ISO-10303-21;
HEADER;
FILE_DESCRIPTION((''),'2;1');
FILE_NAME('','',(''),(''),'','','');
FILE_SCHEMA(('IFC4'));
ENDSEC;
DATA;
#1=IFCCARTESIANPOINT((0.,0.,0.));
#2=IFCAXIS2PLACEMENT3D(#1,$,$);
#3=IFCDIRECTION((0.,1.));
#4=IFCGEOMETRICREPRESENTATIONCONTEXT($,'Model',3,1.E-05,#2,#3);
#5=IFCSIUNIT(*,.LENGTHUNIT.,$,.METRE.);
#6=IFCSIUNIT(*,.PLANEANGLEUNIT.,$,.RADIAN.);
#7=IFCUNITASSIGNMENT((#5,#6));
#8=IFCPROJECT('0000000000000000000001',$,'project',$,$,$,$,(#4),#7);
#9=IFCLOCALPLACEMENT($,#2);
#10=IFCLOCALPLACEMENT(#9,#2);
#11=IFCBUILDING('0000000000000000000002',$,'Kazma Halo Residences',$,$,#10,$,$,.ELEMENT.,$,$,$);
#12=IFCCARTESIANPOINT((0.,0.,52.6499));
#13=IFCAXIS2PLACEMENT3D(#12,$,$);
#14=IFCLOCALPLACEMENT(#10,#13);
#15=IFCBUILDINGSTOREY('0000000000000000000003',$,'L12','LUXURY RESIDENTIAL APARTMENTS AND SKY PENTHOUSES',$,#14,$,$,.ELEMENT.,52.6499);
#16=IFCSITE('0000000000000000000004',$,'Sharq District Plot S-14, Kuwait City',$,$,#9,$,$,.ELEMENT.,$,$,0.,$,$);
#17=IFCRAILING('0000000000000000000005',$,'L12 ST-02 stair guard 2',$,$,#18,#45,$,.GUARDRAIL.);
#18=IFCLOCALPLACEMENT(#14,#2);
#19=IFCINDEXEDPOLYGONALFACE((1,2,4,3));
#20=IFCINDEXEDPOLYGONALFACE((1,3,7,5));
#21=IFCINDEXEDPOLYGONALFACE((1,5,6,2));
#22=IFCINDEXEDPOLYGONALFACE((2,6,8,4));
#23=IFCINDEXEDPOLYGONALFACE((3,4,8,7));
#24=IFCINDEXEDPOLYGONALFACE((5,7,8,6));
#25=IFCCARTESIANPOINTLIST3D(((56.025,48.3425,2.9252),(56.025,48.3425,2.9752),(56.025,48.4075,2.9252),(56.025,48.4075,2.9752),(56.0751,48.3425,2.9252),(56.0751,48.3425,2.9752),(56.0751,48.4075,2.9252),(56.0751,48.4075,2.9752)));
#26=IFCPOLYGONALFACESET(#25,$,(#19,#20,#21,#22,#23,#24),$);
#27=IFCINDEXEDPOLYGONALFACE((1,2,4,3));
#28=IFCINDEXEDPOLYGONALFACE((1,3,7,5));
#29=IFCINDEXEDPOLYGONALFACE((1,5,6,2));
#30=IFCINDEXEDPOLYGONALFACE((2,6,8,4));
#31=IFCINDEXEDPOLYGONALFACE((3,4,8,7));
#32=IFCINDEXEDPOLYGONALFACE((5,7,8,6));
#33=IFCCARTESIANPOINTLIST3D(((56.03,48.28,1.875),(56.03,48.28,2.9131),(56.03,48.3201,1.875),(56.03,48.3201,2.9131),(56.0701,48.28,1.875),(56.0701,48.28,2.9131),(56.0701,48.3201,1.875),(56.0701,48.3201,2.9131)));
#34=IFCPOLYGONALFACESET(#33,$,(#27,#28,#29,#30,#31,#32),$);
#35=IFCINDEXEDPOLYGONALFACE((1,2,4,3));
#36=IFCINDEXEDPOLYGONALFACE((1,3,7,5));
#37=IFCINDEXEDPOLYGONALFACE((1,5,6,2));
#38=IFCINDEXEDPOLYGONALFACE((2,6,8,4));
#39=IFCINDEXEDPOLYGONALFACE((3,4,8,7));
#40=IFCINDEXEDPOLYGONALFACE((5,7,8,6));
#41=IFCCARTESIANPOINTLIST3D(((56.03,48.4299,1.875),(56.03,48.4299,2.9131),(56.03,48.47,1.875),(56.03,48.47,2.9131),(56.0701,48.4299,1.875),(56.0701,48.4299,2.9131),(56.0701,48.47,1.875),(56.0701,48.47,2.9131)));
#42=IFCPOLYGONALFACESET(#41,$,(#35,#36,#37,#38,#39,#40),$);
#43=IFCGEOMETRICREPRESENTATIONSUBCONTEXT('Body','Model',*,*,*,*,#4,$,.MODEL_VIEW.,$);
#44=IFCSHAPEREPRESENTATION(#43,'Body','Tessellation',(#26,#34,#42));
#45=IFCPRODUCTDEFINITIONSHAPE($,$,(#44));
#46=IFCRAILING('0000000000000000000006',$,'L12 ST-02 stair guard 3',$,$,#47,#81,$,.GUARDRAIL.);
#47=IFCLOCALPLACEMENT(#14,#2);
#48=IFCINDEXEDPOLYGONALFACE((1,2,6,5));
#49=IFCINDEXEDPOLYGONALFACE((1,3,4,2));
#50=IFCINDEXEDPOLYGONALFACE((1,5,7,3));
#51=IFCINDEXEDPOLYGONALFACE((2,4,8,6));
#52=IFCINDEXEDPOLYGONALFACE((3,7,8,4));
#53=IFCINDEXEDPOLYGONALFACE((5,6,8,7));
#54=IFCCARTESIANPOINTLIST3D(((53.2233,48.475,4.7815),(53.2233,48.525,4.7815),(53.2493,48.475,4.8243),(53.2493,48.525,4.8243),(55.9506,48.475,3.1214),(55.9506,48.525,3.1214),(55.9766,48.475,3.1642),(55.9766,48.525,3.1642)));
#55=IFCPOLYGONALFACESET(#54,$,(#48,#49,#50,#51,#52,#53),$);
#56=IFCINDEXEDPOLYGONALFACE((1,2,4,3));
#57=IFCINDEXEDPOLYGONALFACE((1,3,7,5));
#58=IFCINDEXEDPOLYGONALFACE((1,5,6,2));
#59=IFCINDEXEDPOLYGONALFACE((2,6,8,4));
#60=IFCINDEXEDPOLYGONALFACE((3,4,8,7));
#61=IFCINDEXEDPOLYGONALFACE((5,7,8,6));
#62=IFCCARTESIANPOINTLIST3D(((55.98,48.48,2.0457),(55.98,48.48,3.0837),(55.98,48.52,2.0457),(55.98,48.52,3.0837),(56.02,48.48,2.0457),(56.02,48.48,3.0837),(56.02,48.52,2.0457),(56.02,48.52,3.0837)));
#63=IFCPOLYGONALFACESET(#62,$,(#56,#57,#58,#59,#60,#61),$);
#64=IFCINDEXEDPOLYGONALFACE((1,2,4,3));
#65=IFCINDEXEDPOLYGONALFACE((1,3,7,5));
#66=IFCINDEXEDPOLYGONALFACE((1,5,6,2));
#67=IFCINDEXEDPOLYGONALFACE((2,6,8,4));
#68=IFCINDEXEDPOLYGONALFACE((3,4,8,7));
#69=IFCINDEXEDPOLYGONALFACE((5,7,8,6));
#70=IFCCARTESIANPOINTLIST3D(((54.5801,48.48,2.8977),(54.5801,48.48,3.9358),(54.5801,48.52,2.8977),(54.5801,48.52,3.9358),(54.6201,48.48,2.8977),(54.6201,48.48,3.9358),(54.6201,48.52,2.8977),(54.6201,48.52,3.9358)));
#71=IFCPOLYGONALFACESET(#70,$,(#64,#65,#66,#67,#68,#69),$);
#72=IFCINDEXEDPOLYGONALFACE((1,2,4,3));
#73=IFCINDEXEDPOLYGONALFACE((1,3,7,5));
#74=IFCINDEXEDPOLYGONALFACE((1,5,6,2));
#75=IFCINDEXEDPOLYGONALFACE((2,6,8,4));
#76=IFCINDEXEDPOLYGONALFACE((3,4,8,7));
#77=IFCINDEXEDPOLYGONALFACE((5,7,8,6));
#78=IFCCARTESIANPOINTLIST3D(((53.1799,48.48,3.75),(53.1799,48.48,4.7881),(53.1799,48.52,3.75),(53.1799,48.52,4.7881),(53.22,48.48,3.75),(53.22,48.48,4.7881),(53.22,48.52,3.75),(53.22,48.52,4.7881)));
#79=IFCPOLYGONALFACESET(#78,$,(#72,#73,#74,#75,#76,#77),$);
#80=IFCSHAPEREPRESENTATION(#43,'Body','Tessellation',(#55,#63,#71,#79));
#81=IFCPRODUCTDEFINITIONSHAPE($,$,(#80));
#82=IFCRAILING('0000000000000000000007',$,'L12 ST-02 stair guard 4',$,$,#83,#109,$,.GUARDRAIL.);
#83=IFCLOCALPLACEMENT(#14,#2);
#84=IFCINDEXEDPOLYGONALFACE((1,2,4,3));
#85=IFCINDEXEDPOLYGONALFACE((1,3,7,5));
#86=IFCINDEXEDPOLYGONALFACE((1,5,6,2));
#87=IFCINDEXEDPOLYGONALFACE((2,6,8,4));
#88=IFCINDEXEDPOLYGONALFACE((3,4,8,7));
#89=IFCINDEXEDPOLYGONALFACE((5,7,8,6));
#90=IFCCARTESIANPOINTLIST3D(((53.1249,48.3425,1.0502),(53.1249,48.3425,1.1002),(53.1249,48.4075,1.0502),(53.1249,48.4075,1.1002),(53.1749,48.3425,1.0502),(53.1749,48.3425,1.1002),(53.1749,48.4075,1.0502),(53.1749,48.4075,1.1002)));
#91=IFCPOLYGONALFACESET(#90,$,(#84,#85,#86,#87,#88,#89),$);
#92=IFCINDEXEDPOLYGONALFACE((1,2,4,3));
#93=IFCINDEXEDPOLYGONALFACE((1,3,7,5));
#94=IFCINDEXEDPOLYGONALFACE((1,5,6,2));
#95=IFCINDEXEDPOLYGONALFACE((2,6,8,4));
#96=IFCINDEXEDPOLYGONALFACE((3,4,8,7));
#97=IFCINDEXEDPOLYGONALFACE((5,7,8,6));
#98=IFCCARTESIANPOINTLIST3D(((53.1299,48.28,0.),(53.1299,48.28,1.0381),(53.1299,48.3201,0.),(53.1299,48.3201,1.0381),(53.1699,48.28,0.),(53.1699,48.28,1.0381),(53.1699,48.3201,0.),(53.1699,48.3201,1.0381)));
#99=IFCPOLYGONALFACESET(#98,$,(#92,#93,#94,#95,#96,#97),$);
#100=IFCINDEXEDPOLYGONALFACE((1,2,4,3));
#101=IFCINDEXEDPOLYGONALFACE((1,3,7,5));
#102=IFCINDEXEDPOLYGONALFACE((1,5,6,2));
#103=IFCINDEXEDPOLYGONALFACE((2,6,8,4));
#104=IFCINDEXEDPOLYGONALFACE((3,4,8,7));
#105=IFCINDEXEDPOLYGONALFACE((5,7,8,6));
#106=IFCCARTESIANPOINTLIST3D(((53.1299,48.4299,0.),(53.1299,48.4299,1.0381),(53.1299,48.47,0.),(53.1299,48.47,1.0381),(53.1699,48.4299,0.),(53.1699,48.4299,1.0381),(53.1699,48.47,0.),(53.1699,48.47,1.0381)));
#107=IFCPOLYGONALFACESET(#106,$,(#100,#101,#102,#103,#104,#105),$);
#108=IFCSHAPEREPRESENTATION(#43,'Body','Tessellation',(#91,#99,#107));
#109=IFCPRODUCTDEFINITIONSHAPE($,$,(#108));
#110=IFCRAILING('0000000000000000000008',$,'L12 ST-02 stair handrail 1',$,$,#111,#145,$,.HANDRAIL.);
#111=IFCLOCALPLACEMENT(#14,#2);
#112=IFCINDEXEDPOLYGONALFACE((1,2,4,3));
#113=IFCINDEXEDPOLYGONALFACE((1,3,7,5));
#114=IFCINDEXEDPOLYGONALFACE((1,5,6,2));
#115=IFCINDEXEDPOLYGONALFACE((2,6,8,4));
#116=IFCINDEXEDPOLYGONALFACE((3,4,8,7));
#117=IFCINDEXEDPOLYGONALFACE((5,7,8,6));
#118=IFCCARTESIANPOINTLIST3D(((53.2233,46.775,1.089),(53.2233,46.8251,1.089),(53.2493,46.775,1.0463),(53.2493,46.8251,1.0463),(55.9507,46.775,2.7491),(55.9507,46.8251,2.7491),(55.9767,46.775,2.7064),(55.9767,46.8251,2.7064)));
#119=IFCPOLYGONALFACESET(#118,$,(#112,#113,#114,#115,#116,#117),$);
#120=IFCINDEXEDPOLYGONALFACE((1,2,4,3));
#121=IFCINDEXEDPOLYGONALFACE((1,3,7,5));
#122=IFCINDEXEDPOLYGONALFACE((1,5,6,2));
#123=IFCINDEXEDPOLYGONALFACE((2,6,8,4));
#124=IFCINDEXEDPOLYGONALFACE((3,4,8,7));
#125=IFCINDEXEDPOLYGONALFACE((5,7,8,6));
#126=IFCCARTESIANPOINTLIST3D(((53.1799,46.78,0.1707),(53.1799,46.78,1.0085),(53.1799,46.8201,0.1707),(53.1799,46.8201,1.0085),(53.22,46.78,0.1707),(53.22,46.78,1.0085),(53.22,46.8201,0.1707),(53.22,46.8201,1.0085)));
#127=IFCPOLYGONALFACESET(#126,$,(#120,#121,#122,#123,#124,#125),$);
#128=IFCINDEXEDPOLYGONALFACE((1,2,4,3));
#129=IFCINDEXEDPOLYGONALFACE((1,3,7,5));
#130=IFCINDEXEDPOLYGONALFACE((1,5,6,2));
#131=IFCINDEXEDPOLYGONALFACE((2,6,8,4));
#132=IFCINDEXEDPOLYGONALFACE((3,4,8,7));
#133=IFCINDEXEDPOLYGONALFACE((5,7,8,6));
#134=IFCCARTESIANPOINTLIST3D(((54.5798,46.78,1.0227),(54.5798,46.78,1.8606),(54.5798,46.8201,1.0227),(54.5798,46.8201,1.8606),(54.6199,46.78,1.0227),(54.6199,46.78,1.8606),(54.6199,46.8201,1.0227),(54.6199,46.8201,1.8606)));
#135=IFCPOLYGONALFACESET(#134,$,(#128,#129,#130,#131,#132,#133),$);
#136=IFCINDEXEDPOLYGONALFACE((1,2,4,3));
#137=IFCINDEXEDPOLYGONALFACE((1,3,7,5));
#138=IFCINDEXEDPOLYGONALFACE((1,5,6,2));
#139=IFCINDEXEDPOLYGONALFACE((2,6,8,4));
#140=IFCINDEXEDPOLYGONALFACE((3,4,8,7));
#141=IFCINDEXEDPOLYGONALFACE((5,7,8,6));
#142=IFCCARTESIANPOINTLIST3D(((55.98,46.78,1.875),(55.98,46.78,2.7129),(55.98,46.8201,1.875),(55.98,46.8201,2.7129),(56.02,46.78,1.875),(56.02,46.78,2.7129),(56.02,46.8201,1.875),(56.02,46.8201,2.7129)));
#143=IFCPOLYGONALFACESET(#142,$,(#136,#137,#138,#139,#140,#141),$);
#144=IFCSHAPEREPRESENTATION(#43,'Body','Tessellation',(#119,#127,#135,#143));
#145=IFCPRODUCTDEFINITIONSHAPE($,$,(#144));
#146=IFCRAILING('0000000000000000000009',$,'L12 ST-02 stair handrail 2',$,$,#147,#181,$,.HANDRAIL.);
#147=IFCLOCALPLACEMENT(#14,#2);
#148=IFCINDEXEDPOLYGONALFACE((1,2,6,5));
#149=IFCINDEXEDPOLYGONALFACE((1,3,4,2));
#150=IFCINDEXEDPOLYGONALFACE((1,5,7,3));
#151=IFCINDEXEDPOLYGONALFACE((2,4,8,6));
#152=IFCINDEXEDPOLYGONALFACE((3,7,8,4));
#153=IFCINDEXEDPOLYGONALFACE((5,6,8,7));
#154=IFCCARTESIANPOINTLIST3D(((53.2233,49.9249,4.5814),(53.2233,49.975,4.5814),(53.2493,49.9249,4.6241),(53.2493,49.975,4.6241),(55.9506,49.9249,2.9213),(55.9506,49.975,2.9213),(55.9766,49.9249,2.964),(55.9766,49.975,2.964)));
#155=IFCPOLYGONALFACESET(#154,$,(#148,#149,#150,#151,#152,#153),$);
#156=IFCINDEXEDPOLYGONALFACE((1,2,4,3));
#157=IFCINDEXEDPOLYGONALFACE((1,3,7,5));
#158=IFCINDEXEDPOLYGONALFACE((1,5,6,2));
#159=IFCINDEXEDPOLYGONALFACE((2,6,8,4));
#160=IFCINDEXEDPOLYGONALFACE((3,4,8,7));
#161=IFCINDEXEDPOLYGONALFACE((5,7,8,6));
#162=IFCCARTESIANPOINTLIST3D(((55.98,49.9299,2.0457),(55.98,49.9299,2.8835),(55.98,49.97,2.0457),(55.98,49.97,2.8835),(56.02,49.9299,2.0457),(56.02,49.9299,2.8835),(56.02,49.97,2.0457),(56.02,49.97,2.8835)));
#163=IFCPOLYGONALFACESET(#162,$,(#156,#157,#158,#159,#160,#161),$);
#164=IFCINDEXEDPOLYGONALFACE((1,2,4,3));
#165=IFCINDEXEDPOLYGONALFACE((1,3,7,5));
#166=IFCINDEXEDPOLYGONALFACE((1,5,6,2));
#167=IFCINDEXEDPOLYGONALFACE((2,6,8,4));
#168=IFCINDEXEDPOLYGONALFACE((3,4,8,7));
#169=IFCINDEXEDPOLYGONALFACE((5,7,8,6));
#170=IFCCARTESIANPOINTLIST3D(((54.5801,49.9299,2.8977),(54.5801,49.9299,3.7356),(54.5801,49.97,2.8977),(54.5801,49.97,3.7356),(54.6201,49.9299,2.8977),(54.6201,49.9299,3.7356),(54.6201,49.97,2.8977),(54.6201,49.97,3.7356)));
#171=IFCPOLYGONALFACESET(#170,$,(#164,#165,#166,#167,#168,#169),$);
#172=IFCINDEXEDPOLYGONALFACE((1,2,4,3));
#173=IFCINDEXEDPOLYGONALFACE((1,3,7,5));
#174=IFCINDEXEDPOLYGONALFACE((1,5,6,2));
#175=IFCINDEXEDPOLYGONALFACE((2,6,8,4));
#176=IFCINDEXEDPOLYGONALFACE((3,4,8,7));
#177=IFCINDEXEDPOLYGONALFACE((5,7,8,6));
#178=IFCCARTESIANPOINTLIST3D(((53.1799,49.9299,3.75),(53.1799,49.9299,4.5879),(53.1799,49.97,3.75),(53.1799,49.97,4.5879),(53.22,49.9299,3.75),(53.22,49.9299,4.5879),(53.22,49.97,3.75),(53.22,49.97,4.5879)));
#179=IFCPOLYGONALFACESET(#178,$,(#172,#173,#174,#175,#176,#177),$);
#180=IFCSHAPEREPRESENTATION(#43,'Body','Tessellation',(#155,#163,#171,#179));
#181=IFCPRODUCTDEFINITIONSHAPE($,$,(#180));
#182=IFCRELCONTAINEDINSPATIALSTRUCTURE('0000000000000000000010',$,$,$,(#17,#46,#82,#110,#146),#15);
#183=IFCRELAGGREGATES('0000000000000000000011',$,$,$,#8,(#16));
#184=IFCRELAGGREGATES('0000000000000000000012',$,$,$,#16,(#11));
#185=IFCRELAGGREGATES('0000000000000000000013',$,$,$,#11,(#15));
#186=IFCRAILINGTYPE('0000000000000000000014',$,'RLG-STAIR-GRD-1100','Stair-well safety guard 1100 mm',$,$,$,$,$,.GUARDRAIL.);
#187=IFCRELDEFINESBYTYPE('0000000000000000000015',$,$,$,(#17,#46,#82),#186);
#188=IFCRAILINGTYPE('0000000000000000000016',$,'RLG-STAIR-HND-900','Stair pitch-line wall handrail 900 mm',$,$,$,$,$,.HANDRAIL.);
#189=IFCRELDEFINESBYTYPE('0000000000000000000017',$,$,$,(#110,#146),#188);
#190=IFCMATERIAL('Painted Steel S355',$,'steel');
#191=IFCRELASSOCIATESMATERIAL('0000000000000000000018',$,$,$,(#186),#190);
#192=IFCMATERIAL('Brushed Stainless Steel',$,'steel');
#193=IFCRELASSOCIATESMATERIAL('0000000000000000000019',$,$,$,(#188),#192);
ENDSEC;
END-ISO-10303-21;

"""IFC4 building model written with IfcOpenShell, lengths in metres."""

from ifc_helpers import new_model, si_unit, direction, frame, origin, origin_2d, place, context, subcontext, project, spatial, rectangle, extrude, material, type_object, element, save


model = new_model("IFC4")

# Units and contexts
model_context = context("Model", 3, precision=1e-05, world=origin(), true_north=direction((0.0, 1.0)))
body_context = subcontext(model_context, "Body", "Model", "MODEL_VIEW")
ifc_project = project(units=[si_unit("LENGTHUNIT", "METRE"), si_unit("PLANEANGLEUNIT", "RADIAN")], contexts=[model_context])

# Site, building, storey
site_placement = place(None, origin())
site = spatial("IfcSite", under=ifc_project, at=site_placement, Name="Sharq District Plot S-14, Kuwait City", CompositionType="ELEMENT", RefElevation=0.0)
building_placement = place(site_placement, origin())
building = spatial("IfcBuilding", under=site, at=building_placement, Name="Kazma Halo Residences", CompositionType="ELEMENT")
storey_placement = place(building_placement, frame((0.0, 0.0, 52.6499)))
storey = spatial("IfcBuildingStorey", under=building, at=storey_placement, Name="L12", Description="LUXURY RESIDENTIAL APARTMENTS AND SKY PENTHOUSES", CompositionType="ELEMENT", Elevation=52.6499)

# Railings
ifc_material_1 = material(Name="Painted Steel S355", Category="steel")
railing_type_1 = type_object("IfcRailingType", Name="RLG-STAIR-GRD-1100", Description="Stair-well safety guard 1100 mm", PredefinedType="GUARDRAIL", material=ifc_material_1)
railing_1_placement = place(storey_placement, frame((56.05, 48.3, 1.875)))
element("IfcRailing", 1, at=railing_1_placement, inside=storey, type_object=railing_type_1, Name="L12 ST-02 stair guard 2", PredefinedType="GUARDRAIL", context=body_context, shape_type="SweptSolid", body=[
    extrude(rectangle(XDim=0.05, YDim=0.05, at=origin_2d()), frame((0.0, 0.0425, 1.0752), z_axis=(0.0, 1.0, 0.0), x_axis=(-1.0, 0.0, 0.0)), (0.0, 0.0, 1.0), 0.0649),
    extrude(rectangle(XDim=0.04, YDim=0.04, at=origin_2d()), origin(), (0.0, 0.0, 1.0), 1.0381),
    extrude(rectangle(XDim=0.04, YDim=0.04, at=origin_2d()), frame((0.0, 0.1499, 0.0)), (0.0, 0.0, 1.0), 1.0381),
])
railing_2_placement = place(storey_placement, frame((56.0, 48.5, 2.0457)))
element("IfcRailing", 2, at=railing_2_placement, inside=storey, type_object=railing_type_1, Name="L12 ST-02 stair guard 3", PredefinedType="GUARDRAIL", context=body_context, shape_type="SweptSolid", body=[
    extrude(rectangle(XDim=0.05, YDim=0.05, at=origin_2d()), frame((-0.0364, 0.0, 1.0972), z_axis=(-0.854203, 0.0, 0.51994), x_axis=(0.0, -1.0, 0.0)), (0.0, 0.0, 1.0), 3.1929),
    extrude(rectangle(XDim=0.04, YDim=0.04, at=origin_2d()), origin(), (0.0, 0.0, 1.0), 1.0381),
    extrude(rectangle(XDim=0.04, YDim=0.04, at=origin_2d()), frame((-1.3999, 0.0, 0.8521)), (0.0, 0.0, 1.0), 1.0381),
    extrude(rectangle(XDim=0.04, YDim=0.04, at=origin_2d()), frame((-2.8, 0.0, 1.7043)), (0.0, 0.0, 1.0), 1.0381),
])
railing_3_placement = place(storey_placement, frame((53.1499, 48.3, 0.0)))
element("IfcRailing", 3, at=railing_3_placement, inside=storey, type_object=railing_type_1, Name="L12 ST-02 stair guard 4", PredefinedType="GUARDRAIL", context=body_context, shape_type="SweptSolid", body=[
    extrude(rectangle(XDim=0.05, YDim=0.05, at=origin_2d()), frame((0.0, 0.0425, 1.0752), z_axis=(0.0, 1.0, 0.0), x_axis=(-1.0, 0.0, 0.0)), (0.0, 0.0, 1.0), 0.0649),
    extrude(rectangle(XDim=0.04, YDim=0.04, at=origin_2d()), origin(), (0.0, 0.0, 1.0), 1.0381),
    extrude(rectangle(XDim=0.04, YDim=0.04, at=origin_2d()), frame((0.0, 0.1499, 0.0)), (0.0, 0.0, 1.0), 1.0381),
])
ifc_material_2 = material(Name="Brushed Stainless Steel", Category="steel")
railing_type_2 = type_object("IfcRailingType", Name="RLG-STAIR-HND-900", Description="Stair pitch-line wall handrail 900 mm", PredefinedType="HANDRAIL", material=ifc_material_2)
railing_4_placement = place(storey_placement, frame((53.2, 46.8, 0.1707)))
element("IfcRailing", 4, at=railing_4_placement, inside=storey, type_object=railing_type_2, Name="L12 ST-02 stair handrail 1", PredefinedType="HANDRAIL", context=body_context, shape_type="SweptSolid", body=[
    extrude(rectangle(XDim=0.05, YDim=0.05, at=origin_2d()), frame((0.0364, 0.0, 0.897), z_axis=(0.854203, 0.0, 0.51994), x_axis=(0.0, 1.0, 0.0)), (0.0, 0.0, 1.0), 3.1929),
    extrude(rectangle(XDim=0.04, YDim=0.04, at=origin_2d()), origin(), (0.0, 0.0, 1.0), 0.8379),
    extrude(rectangle(XDim=0.04, YDim=0.04, at=origin_2d()), frame((1.3999, 0.0, 0.8521)), (0.0, 0.0, 1.0), 0.8379),
    extrude(rectangle(XDim=0.04, YDim=0.04, at=origin_2d()), frame((2.8, 0.0, 1.7043)), (0.0, 0.0, 1.0), 0.8379),
])
railing_5_placement = place(storey_placement, frame((56.0, 49.95, 2.0457)))
element("IfcRailing", 5, at=railing_5_placement, inside=storey, type_object=railing_type_2, Name="L12 ST-02 stair handrail 2", PredefinedType="HANDRAIL", context=body_context, shape_type="SweptSolid", body=[
    extrude(rectangle(XDim=0.05, YDim=0.05, at=origin_2d()), frame((-0.0364, 0.0, 0.897), z_axis=(-0.854203, 0.0, 0.51994), x_axis=(0.0, -1.0, 0.0)), (0.0, 0.0, 1.0), 3.1929),
    extrude(rectangle(XDim=0.04, YDim=0.04, at=origin_2d()), origin(), (0.0, 0.0, 1.0), 0.8379),
    extrude(rectangle(XDim=0.04, YDim=0.04, at=origin_2d()), frame((-1.3999, 0.0, 0.8521)), (0.0, 0.0, 1.0), 0.8379),
    extrude(rectangle(XDim=0.04, YDim=0.04, at=origin_2d()), frame((-2.8, 0.0, 1.7043)), (0.0, 0.0, 1.0), 0.8379),
])

save(model, "model.ifc")
